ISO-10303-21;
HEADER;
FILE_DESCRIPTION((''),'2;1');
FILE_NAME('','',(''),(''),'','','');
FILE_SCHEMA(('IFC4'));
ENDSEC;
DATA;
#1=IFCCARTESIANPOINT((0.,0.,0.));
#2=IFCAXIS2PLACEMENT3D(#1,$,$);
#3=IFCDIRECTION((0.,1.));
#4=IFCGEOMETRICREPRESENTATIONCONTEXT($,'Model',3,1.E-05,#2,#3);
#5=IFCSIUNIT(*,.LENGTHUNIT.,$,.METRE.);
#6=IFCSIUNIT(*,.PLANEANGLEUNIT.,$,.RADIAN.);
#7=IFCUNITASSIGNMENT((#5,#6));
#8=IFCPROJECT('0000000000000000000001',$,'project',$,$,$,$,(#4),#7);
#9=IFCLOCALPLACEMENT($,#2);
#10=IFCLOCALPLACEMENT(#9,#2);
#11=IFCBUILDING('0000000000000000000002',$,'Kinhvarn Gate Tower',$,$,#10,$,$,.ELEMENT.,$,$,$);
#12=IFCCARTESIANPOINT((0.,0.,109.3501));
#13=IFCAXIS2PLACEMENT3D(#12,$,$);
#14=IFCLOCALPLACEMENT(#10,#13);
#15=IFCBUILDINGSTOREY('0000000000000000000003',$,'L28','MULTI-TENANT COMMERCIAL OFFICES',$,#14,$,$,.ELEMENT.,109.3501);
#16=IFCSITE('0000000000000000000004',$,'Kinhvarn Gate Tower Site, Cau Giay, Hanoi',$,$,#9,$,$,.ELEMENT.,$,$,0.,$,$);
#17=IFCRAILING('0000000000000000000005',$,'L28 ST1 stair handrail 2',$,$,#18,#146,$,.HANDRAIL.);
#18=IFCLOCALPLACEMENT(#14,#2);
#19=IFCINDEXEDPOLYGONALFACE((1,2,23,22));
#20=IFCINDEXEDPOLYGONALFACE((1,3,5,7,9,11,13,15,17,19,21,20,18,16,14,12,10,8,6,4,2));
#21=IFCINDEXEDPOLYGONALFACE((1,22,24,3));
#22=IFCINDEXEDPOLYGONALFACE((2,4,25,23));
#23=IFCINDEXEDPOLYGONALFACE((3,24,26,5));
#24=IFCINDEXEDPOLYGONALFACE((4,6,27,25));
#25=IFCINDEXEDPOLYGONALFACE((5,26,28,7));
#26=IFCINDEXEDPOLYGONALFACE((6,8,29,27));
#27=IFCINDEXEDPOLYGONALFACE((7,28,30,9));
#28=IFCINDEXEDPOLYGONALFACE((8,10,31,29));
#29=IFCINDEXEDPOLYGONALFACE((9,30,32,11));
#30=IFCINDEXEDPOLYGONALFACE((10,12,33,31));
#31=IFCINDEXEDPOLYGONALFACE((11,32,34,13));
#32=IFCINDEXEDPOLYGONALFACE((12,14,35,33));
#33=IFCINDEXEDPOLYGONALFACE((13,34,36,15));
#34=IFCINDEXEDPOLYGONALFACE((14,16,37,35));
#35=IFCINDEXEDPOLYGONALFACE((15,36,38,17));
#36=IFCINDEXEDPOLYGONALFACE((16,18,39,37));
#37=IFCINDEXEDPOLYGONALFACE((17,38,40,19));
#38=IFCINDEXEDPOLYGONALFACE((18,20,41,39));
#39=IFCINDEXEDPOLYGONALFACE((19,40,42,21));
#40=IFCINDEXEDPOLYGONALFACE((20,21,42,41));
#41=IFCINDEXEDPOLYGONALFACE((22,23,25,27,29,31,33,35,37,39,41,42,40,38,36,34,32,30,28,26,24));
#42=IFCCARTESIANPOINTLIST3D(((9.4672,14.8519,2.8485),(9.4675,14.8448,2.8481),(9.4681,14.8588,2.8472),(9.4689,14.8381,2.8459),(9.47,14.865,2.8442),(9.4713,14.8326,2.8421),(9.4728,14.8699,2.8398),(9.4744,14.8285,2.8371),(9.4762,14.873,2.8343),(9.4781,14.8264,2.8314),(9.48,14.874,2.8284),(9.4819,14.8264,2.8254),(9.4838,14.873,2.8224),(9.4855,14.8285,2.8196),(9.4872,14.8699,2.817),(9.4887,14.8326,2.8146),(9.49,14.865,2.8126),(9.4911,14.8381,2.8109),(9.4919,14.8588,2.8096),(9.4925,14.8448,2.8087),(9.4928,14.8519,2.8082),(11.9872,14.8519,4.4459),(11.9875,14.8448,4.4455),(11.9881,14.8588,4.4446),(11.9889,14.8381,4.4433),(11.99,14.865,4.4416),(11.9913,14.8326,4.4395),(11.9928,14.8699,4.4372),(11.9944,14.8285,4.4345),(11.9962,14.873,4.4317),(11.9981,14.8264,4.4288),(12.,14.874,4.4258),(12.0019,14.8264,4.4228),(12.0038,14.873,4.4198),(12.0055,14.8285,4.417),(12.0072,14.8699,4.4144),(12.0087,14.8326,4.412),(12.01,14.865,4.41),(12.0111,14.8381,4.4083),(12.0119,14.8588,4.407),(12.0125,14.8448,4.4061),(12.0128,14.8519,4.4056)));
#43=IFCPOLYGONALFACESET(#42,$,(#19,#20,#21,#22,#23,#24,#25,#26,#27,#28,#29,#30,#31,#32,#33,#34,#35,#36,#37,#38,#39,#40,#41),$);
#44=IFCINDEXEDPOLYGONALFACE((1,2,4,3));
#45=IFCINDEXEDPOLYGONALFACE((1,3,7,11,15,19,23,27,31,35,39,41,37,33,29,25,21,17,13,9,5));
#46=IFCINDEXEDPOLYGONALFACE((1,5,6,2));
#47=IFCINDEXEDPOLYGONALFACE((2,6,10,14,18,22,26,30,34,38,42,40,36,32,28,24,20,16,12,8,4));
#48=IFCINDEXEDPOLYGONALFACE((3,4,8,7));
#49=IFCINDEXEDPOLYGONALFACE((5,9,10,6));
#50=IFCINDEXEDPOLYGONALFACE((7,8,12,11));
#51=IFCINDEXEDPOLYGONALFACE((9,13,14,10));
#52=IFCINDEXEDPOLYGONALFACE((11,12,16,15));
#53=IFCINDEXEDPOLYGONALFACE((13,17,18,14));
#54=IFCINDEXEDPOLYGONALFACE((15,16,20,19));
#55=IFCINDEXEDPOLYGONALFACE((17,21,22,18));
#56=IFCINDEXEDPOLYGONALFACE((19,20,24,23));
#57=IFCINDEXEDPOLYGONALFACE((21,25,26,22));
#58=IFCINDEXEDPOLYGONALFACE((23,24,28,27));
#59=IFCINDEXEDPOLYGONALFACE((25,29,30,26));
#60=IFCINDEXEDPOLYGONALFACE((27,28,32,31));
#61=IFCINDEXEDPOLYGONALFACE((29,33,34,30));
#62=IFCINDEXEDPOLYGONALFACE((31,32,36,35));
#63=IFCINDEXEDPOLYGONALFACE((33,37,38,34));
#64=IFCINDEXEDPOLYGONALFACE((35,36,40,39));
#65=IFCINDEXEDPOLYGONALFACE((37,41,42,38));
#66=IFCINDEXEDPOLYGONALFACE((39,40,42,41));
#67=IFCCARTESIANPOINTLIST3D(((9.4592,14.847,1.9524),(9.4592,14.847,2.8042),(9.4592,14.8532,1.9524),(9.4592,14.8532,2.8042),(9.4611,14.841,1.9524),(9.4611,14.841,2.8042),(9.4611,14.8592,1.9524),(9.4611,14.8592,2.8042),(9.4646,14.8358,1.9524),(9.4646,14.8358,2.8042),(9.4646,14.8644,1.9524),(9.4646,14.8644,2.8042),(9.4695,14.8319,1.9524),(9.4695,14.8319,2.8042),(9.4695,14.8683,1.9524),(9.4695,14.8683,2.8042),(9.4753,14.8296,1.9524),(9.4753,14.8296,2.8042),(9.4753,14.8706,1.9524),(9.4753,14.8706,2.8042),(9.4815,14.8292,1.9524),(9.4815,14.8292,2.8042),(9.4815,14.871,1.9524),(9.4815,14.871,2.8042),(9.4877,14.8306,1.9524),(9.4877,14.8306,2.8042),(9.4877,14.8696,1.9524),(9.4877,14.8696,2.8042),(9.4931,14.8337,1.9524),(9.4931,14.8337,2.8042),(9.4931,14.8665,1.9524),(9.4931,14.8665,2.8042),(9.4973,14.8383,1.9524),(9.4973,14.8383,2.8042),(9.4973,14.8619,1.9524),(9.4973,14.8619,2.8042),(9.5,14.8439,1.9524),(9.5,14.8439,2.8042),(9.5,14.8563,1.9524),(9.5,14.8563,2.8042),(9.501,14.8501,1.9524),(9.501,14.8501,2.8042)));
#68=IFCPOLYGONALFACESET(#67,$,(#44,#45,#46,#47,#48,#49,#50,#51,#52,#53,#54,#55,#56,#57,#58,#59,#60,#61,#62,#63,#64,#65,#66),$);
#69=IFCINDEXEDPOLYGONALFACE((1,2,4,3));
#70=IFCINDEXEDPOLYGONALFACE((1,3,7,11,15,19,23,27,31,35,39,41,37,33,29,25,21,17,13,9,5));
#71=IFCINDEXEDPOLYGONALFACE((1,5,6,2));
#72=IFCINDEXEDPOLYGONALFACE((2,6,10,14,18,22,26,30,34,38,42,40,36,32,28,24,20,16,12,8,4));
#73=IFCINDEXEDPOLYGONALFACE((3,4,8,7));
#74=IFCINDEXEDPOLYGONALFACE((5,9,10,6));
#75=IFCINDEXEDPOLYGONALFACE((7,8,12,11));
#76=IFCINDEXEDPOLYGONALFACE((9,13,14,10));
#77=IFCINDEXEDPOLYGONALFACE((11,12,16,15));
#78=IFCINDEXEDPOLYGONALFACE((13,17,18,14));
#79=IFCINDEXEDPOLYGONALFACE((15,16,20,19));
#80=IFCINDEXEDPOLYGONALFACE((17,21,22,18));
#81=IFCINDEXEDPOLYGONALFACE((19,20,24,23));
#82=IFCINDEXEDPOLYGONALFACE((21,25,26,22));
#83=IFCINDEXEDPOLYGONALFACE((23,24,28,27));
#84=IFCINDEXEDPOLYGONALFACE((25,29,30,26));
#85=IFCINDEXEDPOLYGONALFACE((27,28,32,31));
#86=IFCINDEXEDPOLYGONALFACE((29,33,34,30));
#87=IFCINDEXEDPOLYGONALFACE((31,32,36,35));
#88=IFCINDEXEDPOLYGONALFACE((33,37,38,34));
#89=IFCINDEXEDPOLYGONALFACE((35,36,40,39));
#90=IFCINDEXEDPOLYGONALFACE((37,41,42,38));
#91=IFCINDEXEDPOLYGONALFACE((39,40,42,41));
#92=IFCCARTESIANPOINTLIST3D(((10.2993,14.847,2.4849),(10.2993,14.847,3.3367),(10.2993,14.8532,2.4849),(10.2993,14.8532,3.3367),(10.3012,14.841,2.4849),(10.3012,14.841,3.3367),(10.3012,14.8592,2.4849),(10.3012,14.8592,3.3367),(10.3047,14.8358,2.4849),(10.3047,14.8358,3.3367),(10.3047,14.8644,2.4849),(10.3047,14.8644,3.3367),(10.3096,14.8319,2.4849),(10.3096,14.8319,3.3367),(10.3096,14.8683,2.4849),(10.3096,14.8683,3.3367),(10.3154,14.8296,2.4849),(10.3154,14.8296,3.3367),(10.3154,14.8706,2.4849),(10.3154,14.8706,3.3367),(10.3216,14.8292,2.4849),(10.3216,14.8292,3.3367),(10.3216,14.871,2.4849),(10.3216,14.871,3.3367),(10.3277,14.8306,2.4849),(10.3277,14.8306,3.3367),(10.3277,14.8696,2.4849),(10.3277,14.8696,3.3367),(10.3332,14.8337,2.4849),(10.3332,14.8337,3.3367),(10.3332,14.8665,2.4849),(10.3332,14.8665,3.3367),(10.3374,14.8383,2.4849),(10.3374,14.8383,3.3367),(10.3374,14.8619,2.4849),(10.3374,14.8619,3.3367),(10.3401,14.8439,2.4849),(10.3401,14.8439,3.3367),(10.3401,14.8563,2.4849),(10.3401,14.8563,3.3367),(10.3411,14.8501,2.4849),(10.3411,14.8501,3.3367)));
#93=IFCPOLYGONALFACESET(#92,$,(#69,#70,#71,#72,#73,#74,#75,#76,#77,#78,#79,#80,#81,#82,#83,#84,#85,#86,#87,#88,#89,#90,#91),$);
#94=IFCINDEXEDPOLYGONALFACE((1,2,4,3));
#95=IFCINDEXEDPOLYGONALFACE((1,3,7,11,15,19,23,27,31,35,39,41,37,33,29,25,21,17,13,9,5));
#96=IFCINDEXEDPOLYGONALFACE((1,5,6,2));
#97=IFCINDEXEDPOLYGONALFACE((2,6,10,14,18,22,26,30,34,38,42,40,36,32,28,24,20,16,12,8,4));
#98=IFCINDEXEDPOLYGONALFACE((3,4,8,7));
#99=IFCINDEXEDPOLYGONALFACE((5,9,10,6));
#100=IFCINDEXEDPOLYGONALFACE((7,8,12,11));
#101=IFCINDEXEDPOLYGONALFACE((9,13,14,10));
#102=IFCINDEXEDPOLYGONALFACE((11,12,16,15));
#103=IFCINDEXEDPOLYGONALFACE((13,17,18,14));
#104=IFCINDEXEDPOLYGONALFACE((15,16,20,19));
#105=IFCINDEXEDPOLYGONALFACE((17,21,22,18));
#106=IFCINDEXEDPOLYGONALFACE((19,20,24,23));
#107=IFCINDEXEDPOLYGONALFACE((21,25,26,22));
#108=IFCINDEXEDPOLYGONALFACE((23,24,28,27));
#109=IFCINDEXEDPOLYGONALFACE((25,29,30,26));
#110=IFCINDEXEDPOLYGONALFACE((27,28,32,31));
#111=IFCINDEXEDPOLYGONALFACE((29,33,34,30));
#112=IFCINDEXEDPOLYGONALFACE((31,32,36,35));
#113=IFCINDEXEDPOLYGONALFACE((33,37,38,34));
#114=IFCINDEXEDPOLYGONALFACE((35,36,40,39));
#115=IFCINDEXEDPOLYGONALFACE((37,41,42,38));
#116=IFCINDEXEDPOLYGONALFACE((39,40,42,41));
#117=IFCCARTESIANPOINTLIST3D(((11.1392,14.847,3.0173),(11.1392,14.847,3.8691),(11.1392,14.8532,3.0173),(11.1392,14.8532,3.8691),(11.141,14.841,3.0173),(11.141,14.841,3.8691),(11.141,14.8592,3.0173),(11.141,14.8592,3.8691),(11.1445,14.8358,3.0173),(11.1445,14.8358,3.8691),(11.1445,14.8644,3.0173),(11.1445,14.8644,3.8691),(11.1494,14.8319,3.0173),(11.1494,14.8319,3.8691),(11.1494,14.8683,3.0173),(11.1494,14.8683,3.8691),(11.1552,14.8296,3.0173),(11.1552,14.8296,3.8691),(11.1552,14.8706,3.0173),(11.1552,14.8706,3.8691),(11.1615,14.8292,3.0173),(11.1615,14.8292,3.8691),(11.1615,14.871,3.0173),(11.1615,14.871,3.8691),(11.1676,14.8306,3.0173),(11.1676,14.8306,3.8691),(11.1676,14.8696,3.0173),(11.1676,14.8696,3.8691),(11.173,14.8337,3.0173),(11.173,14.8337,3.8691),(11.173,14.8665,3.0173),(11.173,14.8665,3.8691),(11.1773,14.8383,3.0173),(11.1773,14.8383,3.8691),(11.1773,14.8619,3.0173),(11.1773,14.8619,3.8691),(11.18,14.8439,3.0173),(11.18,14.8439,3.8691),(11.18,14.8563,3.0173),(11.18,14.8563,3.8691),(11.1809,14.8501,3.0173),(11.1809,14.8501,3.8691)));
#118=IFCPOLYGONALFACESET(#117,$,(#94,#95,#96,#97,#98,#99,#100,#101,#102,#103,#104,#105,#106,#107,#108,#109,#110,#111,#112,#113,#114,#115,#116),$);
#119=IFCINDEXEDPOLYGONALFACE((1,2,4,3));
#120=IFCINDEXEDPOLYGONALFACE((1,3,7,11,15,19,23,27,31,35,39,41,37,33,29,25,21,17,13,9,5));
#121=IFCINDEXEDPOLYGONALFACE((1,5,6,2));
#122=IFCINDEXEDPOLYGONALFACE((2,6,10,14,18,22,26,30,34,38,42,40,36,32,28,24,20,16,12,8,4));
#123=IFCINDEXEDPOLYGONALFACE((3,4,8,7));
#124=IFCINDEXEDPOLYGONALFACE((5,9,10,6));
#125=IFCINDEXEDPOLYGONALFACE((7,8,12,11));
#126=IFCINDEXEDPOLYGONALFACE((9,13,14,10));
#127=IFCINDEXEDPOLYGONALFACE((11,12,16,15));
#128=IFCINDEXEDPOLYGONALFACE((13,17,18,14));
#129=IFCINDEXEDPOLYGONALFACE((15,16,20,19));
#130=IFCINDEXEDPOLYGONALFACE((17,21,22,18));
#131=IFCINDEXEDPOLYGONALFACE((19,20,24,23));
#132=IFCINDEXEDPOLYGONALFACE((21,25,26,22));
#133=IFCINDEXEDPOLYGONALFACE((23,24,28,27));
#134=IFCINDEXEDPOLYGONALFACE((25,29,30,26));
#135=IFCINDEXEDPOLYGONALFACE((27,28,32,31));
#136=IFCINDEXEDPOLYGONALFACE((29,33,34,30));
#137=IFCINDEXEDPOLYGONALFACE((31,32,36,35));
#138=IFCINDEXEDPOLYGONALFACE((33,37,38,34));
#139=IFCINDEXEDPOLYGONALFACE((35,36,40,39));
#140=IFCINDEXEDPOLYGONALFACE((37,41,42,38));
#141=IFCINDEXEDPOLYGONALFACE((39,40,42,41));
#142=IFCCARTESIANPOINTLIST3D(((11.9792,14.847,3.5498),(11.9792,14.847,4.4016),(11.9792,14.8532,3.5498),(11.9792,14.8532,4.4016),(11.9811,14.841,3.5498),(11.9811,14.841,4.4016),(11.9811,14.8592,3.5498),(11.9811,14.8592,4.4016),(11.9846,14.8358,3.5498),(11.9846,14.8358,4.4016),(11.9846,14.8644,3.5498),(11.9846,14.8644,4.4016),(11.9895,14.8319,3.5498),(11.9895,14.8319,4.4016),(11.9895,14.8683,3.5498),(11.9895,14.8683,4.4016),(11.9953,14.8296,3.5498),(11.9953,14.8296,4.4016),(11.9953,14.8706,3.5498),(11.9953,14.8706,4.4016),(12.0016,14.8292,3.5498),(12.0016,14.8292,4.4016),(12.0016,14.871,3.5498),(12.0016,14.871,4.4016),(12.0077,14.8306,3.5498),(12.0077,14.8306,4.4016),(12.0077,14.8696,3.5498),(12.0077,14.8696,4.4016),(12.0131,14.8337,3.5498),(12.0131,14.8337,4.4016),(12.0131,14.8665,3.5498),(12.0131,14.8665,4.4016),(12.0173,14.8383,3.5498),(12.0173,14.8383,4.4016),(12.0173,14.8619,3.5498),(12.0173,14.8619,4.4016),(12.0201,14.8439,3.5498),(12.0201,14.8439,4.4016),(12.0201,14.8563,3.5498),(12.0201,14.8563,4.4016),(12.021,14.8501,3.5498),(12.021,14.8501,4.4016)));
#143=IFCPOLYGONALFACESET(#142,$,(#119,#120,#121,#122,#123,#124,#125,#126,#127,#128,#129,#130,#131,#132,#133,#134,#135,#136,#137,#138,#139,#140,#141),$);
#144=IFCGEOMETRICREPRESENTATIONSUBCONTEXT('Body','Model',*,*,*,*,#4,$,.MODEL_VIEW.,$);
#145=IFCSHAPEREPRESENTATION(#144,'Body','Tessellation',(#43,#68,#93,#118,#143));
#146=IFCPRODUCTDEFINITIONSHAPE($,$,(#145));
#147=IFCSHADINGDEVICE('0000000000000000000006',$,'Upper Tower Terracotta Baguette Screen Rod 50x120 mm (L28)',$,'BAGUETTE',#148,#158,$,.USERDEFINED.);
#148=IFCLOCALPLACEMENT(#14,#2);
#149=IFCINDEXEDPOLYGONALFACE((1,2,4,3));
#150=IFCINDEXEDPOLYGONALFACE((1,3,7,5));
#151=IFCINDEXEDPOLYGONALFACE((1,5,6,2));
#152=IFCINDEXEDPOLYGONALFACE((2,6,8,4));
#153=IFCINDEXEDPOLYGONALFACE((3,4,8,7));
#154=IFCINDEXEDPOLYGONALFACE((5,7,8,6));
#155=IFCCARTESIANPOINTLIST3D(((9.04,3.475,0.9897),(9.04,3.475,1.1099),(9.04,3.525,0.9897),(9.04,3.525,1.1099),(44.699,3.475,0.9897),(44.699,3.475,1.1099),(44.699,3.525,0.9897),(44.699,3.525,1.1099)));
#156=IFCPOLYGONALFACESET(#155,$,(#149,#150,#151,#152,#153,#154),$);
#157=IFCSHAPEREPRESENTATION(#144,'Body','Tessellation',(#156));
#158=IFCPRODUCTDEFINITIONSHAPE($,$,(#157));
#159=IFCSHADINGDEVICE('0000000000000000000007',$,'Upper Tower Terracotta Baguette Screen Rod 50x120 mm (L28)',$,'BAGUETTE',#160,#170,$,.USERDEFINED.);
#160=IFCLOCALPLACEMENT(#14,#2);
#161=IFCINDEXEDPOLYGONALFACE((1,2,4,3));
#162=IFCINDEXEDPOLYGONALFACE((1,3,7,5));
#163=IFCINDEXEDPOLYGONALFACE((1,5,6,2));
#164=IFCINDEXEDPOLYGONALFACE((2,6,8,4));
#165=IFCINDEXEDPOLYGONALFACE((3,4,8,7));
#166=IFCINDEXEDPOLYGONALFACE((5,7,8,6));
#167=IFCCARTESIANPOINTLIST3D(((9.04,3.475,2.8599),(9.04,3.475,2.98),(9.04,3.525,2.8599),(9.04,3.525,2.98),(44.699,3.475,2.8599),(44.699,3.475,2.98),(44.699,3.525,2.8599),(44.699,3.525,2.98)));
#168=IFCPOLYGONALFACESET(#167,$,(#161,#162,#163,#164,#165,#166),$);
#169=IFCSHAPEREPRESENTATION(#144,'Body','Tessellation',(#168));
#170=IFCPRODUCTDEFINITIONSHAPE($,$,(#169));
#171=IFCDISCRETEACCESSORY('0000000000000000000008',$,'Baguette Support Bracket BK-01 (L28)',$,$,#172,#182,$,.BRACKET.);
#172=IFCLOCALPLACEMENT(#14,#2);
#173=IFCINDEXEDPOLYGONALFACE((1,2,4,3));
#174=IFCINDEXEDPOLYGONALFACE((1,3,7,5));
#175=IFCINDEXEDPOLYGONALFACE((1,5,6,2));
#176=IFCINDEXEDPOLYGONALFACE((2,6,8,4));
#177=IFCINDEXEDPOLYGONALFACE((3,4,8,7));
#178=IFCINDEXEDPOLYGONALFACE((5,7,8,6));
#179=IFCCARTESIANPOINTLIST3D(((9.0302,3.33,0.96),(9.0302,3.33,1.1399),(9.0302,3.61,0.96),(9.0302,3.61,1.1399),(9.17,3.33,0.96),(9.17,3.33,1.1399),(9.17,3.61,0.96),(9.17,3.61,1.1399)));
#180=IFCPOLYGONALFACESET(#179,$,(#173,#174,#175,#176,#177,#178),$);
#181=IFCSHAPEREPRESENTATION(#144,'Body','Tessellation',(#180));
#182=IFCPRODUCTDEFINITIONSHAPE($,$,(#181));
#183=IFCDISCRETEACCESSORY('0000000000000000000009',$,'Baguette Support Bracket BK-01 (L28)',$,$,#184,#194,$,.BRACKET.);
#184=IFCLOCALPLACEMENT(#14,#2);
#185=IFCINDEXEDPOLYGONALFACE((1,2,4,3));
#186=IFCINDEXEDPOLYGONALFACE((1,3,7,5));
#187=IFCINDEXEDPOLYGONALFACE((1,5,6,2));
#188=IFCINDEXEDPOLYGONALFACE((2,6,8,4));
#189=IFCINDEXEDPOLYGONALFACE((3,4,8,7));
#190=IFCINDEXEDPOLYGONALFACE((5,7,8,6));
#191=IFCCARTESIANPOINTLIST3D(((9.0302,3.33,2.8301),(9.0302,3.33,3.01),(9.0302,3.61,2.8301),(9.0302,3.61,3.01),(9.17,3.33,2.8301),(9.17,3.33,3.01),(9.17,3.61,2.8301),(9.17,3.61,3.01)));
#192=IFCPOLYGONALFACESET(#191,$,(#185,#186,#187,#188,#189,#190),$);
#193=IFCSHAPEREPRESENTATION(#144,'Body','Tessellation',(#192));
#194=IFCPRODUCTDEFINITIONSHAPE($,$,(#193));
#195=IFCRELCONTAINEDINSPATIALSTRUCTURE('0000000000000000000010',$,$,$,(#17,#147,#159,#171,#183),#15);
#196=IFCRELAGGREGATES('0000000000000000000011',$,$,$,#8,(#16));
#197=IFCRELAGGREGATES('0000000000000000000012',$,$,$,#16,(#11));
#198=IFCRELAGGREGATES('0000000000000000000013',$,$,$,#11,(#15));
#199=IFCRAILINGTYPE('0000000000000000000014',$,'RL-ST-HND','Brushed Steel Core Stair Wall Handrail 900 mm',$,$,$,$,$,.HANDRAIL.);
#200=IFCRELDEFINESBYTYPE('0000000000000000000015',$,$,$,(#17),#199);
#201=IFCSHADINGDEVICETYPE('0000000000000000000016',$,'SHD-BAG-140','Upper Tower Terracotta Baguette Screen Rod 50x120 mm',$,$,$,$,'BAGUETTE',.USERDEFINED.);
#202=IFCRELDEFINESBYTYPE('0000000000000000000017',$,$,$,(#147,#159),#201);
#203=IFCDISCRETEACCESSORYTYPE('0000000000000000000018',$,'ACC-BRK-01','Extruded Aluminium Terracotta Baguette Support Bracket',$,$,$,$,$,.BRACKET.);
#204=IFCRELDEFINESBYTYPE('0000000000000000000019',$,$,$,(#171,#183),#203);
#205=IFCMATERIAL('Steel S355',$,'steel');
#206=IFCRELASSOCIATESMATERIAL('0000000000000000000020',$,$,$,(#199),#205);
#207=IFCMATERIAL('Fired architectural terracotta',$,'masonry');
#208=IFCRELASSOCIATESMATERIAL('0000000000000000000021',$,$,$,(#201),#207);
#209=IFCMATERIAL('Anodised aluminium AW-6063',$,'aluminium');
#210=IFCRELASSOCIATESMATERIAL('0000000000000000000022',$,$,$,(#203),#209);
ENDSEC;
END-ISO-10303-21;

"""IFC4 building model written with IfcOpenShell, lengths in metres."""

from ifc_helpers import new_model, si_unit, direction, frame, origin, origin_2d, place, context, subcontext, project, spatial, rectangle, circle, extrude, material, material_profile, profile_set, type_object, element, save


model = new_model("IFC4")

# Units and contexts
model_context = context("Model", 3, precision=1e-05, world=origin(), true_north=direction((0.0, 1.0)))
body_context = subcontext(model_context, "Body", "Model", "MODEL_VIEW")
ifc_project = project(units=[si_unit("LENGTHUNIT", "METRE"), si_unit("PLANEANGLEUNIT", "RADIAN")], contexts=[model_context])

# Site, building, storey
site_placement = place(None, origin())
site = spatial("IfcSite", under=ifc_project, at=site_placement, Name="Kinhvarn Gate Tower Site, Cau Giay, Hanoi", CompositionType="ELEMENT", RefElevation=0.0)
building_placement = place(site_placement, origin())
building = spatial("IfcBuilding", under=site, at=building_placement, Name="Kinhvarn Gate Tower", CompositionType="ELEMENT")
storey_placement = place(building_placement, frame((0.0, 0.0, 109.3501)))
storey = spatial("IfcBuildingStorey", under=building, at=storey_placement, Name="L28", Description="MULTI-TENANT COMMERCIAL OFFICES", CompositionType="ELEMENT", Elevation=109.3501)

# Shared definitions
ifc_material_1 = material(Name="Anodised aluminium AW-6063", Category="aluminium")

# Shared definitions
ifc_material_2 = material(Name="Steel S355", Category="steel")

# Shared definitions
ifc_material_3 = material(Name="Fired architectural terracotta", Category="masonry")

# Railing
railing_type_1 = type_object("IfcRailingType", Name="RL-ST-HND", Description="Brushed Steel Core Stair Wall Handrail 900 mm", PredefinedType="HANDRAIL", material=ifc_material_2)
railing_1_placement = place(storey_placement, frame((9.48, 14.8501, 1.9524)))
element("IfcRailing", 1, at=railing_1_placement, inside=storey, type_object=railing_type_1, Name="L28 ST1 stair handrail 2", PredefinedType="HANDRAIL", context=body_context, shape_type="SweptSolid", body=[
    extrude(circle(Radius=0.0239, at=origin_2d()), frame((0.0, 0.0, 0.876), z_axis=(0.844607, 0.0, 0.535387), x_axis=(0.0, 1.0, 0.0)), (0.0, 0.0, 1.0), 2.9836),
    extrude(circle(Radius=0.021, at=origin_2d()), origin(), (0.0, 0.0, 1.0), 0.8518),
    extrude(circle(Radius=0.021, at=origin_2d()), frame((0.8401, 0.0, 0.5325)), (0.0, 0.0, 1.0), 0.8518),
    extrude(circle(Radius=0.021, at=origin_2d()), frame((1.6799, 0.0, 1.0649)), (0.0, 0.0, 1.0), 0.8518),
    extrude(circle(Radius=0.021, at=origin_2d()), frame((2.52, 0.0, 1.5974)), (0.0, 0.0, 1.0), 0.8518),
])

# Shading devices
ifc_material_profile_1 = material_profile(ifc_material_3, rectangle(XDim=0.05, YDim=0.1201, at=origin_2d()), Name="TC 50x120")
ifc_profile_set_1 = profile_set([ifc_material_profile_1], Name="Fired architectural terracotta")
shading_device_type = type_object("IfcShadingDeviceType", Name="SHD-BAG-140", Description="Upper Tower Terracotta Baguette Screen Rod 50x120 mm", ElementType="BAGUETTE", PredefinedType="USERDEFINED", material=ifc_profile_set_1)
for number, where, z_axis, x_axis, name in (
    (2, (9.04, 3.5, 1.0498), (1.0, 0.0, 0.0), (0.0, 1.0, 0.0), "Upper Tower Terracotta Baguette Screen Rod 50x120 mm (L28)"),
    (3, (9.04, 3.5, 2.9199), (1.0, 0.0, 0.0), (0.0, 1.0, 0.0), "Upper Tower Terracotta Baguette Screen Rod 50x120 mm (L28)"),
):
    element("IfcShadingDevice", number, at=place(storey_placement, frame(where, z_axis=z_axis, x_axis=x_axis)), inside=storey, type_object=shading_device_type, Name=name, ObjectType="BAGUETTE", PredefinedType="USERDEFINED", context=body_context, shape_type="SweptSolid", body=[
        extrude(rectangle(XDim=0.05, YDim=0.1201, at=origin_2d()), origin(), (0.0, 0.0, 1.0), 35.6589),
    ])

# Discrete accessories
discrete_accessory_type = type_object("IfcDiscreteAccessoryType", Name="ACC-BRK-01", Description="Extruded Aluminium Terracotta Baguette Support Bracket", PredefinedType="BRACKET", material=ifc_material_1)
for number, where, z_axis, x_axis, name in (
    (4, (9.1001, 3.47, 0.96), (0.0, 0.0, 1.0), (1.0, 0.0, 0.0), "Baguette Support Bracket BK-01 (L28)"),
    (5, (9.1001, 3.47, 2.8301), (0.0, 0.0, 1.0), (1.0, 0.0, 0.0), "Baguette Support Bracket BK-01 (L28)"),
):
    element("IfcDiscreteAccessory", number, at=place(storey_placement, frame(where, z_axis=z_axis, x_axis=x_axis)), inside=storey, type_object=discrete_accessory_type, Name=name, PredefinedType="BRACKET", context=body_context, shape_type="SweptSolid", body=[
        extrude(rectangle(XDim=0.1399, YDim=0.28, at=origin_2d()), origin(), (0.0, 0.0, 1.0), 0.1799),
    ])

save(model, "model.ifc")
